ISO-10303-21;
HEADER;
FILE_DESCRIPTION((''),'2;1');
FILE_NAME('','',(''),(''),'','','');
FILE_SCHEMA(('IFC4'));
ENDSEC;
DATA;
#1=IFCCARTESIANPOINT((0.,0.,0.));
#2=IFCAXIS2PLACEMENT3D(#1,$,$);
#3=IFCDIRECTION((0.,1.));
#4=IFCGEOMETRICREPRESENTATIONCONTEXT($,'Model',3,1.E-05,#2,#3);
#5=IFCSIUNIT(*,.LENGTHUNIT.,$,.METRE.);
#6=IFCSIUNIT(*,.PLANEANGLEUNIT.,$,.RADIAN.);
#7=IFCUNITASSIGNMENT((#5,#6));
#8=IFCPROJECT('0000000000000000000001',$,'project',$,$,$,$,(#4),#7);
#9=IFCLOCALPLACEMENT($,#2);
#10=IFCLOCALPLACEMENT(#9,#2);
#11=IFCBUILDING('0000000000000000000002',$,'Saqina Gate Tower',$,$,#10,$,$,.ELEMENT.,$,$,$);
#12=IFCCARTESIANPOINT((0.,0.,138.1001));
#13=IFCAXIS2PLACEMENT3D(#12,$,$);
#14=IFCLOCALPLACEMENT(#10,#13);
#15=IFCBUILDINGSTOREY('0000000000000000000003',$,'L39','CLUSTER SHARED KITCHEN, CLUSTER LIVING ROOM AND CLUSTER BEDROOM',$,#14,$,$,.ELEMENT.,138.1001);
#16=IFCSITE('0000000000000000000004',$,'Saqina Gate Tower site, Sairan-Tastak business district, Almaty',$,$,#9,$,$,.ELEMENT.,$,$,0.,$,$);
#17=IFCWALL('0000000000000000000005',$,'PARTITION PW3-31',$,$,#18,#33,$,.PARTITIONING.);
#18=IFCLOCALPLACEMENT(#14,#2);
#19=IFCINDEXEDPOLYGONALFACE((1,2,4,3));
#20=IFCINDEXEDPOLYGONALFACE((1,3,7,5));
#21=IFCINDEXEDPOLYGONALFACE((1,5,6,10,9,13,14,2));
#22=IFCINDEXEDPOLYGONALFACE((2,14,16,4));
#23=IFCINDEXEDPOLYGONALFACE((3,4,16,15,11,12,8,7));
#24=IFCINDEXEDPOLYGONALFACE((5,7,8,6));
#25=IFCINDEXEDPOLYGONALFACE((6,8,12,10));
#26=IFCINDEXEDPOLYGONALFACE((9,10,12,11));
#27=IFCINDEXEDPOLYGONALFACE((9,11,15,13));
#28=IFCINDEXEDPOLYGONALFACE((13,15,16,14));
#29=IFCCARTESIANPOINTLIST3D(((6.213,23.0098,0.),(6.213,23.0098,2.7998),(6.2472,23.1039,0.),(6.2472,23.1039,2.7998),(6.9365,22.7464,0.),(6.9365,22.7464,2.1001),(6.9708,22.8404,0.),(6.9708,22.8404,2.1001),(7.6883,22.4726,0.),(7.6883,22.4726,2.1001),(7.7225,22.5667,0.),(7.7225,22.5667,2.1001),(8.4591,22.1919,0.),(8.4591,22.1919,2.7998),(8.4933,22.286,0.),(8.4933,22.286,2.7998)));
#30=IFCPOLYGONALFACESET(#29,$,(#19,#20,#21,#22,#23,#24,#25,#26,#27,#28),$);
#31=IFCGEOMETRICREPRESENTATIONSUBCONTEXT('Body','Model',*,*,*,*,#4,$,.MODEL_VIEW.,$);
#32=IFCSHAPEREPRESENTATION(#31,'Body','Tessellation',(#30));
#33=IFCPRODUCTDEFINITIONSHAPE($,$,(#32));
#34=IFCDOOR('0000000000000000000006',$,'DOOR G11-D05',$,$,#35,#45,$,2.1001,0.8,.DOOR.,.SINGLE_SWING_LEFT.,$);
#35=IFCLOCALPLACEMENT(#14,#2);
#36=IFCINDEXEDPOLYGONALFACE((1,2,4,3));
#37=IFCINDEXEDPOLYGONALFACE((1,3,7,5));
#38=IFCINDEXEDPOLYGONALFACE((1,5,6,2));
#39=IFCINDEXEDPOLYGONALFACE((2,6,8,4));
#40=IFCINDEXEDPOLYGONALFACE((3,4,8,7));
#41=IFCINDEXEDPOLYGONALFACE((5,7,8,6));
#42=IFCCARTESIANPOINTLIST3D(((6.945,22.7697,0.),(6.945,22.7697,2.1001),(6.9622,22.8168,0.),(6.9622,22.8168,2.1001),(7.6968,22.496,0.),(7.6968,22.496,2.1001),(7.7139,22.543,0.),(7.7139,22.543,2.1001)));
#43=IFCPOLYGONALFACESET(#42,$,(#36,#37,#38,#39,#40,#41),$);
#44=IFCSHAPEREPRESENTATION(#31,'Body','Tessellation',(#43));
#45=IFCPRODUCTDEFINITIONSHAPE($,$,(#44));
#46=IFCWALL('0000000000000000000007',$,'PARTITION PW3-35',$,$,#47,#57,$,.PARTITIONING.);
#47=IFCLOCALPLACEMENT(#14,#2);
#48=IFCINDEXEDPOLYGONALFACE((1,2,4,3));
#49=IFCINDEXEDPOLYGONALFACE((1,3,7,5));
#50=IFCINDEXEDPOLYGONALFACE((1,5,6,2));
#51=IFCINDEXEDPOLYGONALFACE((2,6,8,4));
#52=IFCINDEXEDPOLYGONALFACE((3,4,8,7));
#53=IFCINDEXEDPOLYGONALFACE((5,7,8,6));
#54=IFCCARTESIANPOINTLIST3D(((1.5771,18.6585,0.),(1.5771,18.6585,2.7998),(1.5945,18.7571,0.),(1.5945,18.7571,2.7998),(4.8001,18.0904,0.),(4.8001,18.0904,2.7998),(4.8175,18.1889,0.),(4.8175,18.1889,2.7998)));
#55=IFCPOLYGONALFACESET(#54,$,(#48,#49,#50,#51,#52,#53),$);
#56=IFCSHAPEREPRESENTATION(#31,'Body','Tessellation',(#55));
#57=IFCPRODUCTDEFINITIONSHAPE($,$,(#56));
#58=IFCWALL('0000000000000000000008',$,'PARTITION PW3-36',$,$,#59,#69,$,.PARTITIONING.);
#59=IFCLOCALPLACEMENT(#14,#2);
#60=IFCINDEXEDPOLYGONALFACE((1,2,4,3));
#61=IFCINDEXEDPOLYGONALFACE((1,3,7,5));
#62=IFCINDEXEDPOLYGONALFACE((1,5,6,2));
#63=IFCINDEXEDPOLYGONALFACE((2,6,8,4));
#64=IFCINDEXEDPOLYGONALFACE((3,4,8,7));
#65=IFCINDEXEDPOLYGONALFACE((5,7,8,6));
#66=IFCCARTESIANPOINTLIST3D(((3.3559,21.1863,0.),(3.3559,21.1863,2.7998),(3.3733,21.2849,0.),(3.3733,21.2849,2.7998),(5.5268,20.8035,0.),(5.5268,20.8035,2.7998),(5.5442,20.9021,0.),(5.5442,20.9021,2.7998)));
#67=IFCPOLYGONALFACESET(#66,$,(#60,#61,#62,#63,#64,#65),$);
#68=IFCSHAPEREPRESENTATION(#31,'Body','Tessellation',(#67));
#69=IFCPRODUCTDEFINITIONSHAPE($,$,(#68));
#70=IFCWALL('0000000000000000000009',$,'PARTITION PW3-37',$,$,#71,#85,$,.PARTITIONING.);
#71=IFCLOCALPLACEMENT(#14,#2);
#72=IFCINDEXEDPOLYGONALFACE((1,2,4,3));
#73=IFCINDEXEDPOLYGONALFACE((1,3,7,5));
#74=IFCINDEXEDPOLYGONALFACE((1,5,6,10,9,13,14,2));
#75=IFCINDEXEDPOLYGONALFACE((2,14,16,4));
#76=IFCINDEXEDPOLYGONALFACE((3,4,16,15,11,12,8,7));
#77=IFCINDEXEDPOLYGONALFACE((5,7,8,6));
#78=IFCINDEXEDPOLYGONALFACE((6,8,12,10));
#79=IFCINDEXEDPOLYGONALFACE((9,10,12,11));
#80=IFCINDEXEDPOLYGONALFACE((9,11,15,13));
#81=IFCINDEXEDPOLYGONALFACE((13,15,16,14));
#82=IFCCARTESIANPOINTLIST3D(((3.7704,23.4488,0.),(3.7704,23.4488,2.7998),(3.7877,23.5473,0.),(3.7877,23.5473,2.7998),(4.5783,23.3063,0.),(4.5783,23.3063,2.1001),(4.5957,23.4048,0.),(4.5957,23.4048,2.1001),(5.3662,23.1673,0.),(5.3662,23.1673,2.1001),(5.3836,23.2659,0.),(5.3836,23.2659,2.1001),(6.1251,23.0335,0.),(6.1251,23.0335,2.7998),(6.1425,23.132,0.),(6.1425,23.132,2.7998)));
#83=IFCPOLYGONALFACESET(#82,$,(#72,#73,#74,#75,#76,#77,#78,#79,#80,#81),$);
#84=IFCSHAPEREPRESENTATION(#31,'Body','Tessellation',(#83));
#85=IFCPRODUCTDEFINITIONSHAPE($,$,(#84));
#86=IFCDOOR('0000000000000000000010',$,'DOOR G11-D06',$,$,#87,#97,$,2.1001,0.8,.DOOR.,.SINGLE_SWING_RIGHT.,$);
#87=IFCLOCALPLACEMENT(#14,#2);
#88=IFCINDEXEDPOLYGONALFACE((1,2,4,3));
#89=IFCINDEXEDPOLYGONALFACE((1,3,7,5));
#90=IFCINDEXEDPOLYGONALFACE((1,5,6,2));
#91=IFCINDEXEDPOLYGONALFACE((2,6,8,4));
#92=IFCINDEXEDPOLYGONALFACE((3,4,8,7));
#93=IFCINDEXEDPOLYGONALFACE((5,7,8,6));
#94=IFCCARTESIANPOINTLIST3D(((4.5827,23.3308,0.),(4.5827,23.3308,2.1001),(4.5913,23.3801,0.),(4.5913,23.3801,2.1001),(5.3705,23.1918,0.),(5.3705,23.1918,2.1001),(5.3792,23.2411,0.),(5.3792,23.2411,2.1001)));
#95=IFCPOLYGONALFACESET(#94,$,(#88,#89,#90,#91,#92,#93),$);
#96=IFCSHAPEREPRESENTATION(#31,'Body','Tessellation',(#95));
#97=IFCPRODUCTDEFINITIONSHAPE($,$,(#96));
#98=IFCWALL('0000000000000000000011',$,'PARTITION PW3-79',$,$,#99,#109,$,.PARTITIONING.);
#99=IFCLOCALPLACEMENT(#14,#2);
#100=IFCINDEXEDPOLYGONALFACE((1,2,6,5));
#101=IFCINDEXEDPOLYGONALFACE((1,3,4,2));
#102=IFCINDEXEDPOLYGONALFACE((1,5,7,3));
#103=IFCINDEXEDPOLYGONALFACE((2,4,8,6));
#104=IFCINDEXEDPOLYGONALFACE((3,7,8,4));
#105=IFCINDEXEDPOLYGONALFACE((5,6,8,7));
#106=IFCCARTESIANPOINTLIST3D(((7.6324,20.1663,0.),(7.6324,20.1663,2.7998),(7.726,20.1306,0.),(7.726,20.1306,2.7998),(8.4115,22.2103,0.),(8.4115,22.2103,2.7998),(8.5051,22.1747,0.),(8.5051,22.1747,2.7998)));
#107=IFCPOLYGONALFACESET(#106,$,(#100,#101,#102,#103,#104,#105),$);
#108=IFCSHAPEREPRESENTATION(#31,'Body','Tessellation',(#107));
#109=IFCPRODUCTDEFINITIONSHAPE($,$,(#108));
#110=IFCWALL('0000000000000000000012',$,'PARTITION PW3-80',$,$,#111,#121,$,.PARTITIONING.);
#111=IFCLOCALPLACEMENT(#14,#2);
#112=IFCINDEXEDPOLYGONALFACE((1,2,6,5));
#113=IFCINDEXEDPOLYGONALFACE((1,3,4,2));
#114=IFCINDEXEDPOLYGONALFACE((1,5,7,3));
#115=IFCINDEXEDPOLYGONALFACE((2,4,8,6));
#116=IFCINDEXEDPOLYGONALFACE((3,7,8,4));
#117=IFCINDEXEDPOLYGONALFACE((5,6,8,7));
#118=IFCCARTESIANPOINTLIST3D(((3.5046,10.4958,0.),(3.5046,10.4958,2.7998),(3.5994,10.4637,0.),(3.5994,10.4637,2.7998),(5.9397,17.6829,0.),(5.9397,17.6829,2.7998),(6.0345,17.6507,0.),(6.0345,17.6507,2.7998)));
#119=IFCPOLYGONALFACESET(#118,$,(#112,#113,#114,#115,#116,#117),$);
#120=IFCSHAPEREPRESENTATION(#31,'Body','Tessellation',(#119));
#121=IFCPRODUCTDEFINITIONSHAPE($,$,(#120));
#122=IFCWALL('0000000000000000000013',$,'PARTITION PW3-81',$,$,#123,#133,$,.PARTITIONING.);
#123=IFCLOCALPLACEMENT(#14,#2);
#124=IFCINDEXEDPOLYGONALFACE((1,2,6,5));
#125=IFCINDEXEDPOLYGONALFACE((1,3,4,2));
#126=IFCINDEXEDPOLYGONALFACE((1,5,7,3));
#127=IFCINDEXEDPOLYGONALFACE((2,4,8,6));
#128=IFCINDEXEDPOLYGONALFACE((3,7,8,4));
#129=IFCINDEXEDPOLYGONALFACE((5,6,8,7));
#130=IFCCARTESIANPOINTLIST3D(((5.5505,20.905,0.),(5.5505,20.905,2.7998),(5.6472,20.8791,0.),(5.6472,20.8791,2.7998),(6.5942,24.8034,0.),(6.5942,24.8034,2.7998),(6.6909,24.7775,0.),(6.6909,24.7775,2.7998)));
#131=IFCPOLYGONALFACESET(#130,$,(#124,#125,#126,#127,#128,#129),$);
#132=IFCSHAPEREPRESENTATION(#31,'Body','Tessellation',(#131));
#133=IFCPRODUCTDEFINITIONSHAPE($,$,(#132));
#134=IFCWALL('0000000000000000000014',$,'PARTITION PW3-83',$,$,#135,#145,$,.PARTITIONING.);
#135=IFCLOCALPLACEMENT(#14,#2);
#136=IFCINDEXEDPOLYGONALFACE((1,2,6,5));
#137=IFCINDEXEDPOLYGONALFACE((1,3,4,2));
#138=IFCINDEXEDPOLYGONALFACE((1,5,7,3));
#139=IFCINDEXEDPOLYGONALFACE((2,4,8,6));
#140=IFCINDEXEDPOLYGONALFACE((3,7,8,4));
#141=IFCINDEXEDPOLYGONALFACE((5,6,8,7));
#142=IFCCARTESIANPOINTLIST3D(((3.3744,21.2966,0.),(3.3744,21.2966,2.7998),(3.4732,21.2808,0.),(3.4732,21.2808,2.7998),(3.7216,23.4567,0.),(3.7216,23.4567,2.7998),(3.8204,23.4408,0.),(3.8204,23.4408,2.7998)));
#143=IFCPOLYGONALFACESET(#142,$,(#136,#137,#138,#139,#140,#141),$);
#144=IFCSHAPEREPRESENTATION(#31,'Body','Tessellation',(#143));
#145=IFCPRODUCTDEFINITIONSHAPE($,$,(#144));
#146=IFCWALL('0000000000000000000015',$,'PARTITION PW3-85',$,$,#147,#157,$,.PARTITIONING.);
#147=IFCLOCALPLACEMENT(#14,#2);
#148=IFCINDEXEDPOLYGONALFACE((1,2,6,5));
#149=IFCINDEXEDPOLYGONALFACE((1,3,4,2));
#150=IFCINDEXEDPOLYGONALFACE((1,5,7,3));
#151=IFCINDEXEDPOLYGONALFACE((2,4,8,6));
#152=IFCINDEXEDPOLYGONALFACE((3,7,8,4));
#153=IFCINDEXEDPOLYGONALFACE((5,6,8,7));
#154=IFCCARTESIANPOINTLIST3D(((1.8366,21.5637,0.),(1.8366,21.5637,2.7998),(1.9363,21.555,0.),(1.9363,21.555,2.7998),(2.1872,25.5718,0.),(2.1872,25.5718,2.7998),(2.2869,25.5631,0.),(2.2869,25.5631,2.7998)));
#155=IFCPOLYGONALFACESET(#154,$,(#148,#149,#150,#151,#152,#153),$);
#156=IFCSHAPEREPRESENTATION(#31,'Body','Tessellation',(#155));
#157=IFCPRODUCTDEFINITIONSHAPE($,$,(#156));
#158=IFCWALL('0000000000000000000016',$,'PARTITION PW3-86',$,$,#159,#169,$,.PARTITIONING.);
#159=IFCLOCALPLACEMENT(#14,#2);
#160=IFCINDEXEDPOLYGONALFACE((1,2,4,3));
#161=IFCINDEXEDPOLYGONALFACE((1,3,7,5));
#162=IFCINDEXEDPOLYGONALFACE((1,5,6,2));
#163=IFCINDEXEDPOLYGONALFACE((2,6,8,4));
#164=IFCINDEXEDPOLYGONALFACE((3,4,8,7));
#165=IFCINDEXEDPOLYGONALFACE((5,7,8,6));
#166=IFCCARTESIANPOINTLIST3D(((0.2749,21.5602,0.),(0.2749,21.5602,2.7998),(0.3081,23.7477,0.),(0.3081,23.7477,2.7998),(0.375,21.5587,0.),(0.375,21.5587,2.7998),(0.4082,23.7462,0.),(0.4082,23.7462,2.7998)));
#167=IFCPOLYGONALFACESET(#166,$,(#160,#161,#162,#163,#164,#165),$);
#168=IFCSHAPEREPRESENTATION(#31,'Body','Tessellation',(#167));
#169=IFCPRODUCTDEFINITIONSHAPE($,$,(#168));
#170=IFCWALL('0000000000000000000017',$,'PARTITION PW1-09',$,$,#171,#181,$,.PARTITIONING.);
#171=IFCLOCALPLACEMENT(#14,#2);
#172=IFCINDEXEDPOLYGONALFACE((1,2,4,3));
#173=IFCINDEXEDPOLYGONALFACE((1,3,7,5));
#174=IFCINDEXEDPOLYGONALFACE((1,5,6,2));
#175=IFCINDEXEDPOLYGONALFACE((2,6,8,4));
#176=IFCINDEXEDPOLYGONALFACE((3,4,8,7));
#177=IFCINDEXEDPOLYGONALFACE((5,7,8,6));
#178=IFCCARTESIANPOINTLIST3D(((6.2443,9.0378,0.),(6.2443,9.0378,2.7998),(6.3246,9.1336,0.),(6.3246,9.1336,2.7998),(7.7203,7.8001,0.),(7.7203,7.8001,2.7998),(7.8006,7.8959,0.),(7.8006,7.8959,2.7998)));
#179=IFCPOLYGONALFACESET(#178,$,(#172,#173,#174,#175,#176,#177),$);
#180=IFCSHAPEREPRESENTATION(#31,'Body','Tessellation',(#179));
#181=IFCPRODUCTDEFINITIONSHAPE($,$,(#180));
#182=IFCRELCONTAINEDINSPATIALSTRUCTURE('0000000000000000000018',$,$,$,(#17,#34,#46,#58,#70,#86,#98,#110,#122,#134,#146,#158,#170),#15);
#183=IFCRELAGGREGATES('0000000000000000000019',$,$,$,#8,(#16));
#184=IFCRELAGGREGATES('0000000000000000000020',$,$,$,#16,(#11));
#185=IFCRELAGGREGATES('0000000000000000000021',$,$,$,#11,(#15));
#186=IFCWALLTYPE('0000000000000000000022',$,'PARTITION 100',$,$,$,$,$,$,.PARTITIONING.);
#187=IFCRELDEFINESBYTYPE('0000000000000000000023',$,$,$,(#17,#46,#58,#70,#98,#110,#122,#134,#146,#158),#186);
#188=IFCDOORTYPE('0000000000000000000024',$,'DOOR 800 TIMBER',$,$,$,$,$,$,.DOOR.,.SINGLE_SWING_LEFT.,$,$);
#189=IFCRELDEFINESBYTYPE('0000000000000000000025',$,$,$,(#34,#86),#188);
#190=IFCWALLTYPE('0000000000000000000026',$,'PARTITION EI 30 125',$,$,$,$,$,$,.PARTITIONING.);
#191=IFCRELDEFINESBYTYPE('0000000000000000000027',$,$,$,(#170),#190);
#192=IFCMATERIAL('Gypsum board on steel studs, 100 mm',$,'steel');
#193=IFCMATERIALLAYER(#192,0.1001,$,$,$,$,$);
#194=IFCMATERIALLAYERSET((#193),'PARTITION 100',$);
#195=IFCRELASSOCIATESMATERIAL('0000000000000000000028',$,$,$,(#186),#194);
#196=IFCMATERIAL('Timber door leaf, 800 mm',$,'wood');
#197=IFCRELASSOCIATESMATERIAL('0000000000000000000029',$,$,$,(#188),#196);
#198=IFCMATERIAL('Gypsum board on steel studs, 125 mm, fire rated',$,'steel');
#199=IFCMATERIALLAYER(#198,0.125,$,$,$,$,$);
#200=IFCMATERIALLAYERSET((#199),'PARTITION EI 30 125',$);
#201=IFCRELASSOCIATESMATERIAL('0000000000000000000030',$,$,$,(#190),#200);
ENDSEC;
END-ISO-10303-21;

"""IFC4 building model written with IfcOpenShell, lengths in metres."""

from ifc_helpers import new_model, si_unit, direction, frame, frame_2d, origin, place, context, subcontext, project, spatial, rectangle, extrude, material, layer, layer_set, type_object, element, fill, save


model = new_model("IFC4")

# Units and contexts
model_context = context("Model", 3, precision=1e-05, world=origin(), true_north=direction((0.0, 1.0)))
body_context = subcontext(model_context, "Body", "Model", "MODEL_VIEW")
ifc_project = project(units=[si_unit("LENGTHUNIT", "METRE"), si_unit("PLANEANGLEUNIT", "RADIAN")], contexts=[model_context])

# Site, building, storey
site_placement = place(None, origin())
site = spatial("IfcSite", under=ifc_project, at=site_placement, Name="Saqina Gate Tower site, Sairan-Tastak business district, Almaty", CompositionType="ELEMENT", RefElevation=0.0)
building_placement = place(site_placement, origin())
building = spatial("IfcBuilding", under=site, at=building_placement, Name="Saqina Gate Tower", CompositionType="ELEMENT")
storey_placement = place(building_placement, frame((0.0, 0.0, 138.1001)))
storey = spatial("IfcBuildingStorey", under=building, at=storey_placement, Name="L39", Description="CLUSTER SHARED KITCHEN, CLUSTER LIVING ROOM AND CLUSTER BEDROOM", CompositionType="ELEMENT", Elevation=138.1001)

# Shared definitions
ifc_material_1 = material(Name="Gypsum board on steel studs, 100 mm", Category="steel")
ifc_layer_1 = layer(ifc_material_1, 0.1001)
ifc_layer_set_1 = layer_set([ifc_layer_1], Name="PARTITION 100")
wall_type_1 = type_object("IfcWallType", Name="PARTITION 100", PredefinedType="PARTITIONING", material=ifc_layer_set_1)

# Wall, opening, door
wall_1_placement = place(storey_placement, frame((6.23, 23.0569, 0.0), z_axis=(0.0, 0.0, 1.0), x_axis=(0.939644, -0.342153, 0.0)))
wall_1 = element("IfcWall", 1, at=wall_1_placement, inside=storey, type_object=wall_type_1, Name="PARTITION PW3-31", PredefinedType="PARTITIONING", context=body_context, shape_type="SweptSolid", body=[
    extrude(rectangle(XDim=2.3904, YDim=0.1001, at=frame_2d((1.1953, 0.0))), origin(), (0.0, 0.0, 1.0), 2.7998),
])
opening_1_placement = place(wall_1_placement, frame((0.7703, 0.0, 0.0)))
opening_1 = element("IfcOpeningElement", 2, at=opening_1_placement, cuts=wall_1, PredefinedType="OPENING", context=body_context, shape_type="SweptSolid", body=[
    extrude(rectangle(XDim=0.8, YDim=2.1001, at=frame_2d((0.3999, 1.05))), frame((0.0, 0.062, 0.0), z_axis=(0.0, -1.0, 0.0), x_axis=(1.0, 0.0, 0.0)), (0.0, 0.0, 1.0), 0.124),
])
ifc_material_2 = material(Name="Timber door leaf, 800 mm", Category="wood")
door_type_1 = type_object("IfcDoorType", Name="DOOR 800 TIMBER", OperationType="SINGLE_SWING_LEFT", PredefinedType="DOOR", material=ifc_material_2)
door_1_placement = place(opening_1_placement, origin())
door_1 = element("IfcDoor", 3, at=door_1_placement, inside=storey, type_object=door_type_1, Name="DOOR G11-D05", OperationType="SINGLE_SWING_LEFT", OverallHeight=2.1001, OverallWidth=0.8, PredefinedType="DOOR", context=body_context, shape_type="SweptSolid", body=[
    extrude(rectangle(XDim=0.8, YDim=2.1001, at=frame_2d((0.3999, 1.05))), frame((0.0, 0.0249, 0.0), z_axis=(0.0, -1.0, 0.0), x_axis=(1.0, 0.0, 0.0)), (0.0, 0.0, 1.0), 0.05),
])
fill(opening_1, door_1)

# Walls
wall_2_placement = place(storey_placement, frame((1.5859, 18.7078, 0.0), z_axis=(0.0, 0.0, 1.0), x_axis=(0.984817, -0.173598, 0.0)))
element("IfcWall", 4, at=wall_2_placement, inside=storey, type_object=wall_type_1, Name="PARTITION PW3-35", PredefinedType="PARTITIONING", context=body_context, shape_type="SweptSolid", body=[
    extrude(rectangle(XDim=3.2727, YDim=0.1001, at=frame_2d((1.6362, 0.0))), origin(), (0.0, 0.0, 1.0), 2.7998),
])
wall_3_placement = place(storey_placement, frame((3.3647, 21.2356, 0.0), z_axis=(0.0, 0.0, 1.0), x_axis=(0.984806, -0.173659, 0.0)))
element("IfcWall", 5, at=wall_3_placement, inside=storey, type_object=wall_type_1, Name="PARTITION PW3-36", PredefinedType="PARTITIONING", context=body_context, shape_type="SweptSolid", body=[
    extrude(rectangle(XDim=2.2043, YDim=0.1001, at=frame_2d((1.1021, 0.0))), origin(), (0.0, 0.0, 1.0), 2.7998),
])

# Wall, opening, door
wall_4_placement = place(storey_placement, frame((3.7791, 23.498, 0.0), z_axis=(0.0, 0.0, 1.0), x_axis=(0.984802, -0.17368, 0.0)))
wall_4 = element("IfcWall", 6, at=wall_4_placement, inside=storey, type_object=wall_type_1, Name="PARTITION PW3-37", PredefinedType="PARTITIONING", context=body_context, shape_type="SweptSolid", body=[
    extrude(rectangle(XDim=2.3911, YDim=0.1001, at=frame_2d((1.1956, 0.0))), origin(), (0.0, 0.0, 1.0), 2.7998),
])
opening_2_placement = place(wall_4_placement, frame((0.8206, 0.0, 0.0)))
opening_2 = element("IfcOpeningElement", 7, at=opening_2_placement, cuts=wall_4, PredefinedType="OPENING", context=body_context, shape_type="SweptSolid", body=[
    extrude(rectangle(XDim=0.8, YDim=2.1001, at=frame_2d((0.3999, 1.05))), frame((0.0, 0.062, 0.0), z_axis=(0.0, -1.0, 0.0), x_axis=(1.0, 0.0, 0.0)), (0.0, 0.0, 1.0), 0.124),
])
door_2_placement = place(opening_2_placement, origin())
door_2 = element("IfcDoor", 8, at=door_2_placement, inside=storey, type_object=door_type_1, Name="DOOR G11-D06", OperationType="SINGLE_SWING_RIGHT", OverallHeight=2.1001, OverallWidth=0.8, PredefinedType="DOOR", context=body_context, shape_type="SweptSolid", body=[
    extrude(rectangle(XDim=0.8, YDim=2.1001, at=frame_2d((0.3999, 1.05))), frame((0.0, 0.0249, 0.0), z_axis=(0.0, -1.0, 0.0), x_axis=(1.0, 0.0, 0.0)), (0.0, 0.0, 1.0), 0.05),
])
fill(opening_2, door_2)

# Walls
wall_5_placement = place(storey_placement, frame((7.6792, 20.1484, 0.0), z_axis=(0.0, 0.0, 1.0), x_axis=(0.356158, 0.934426, 0.0)))
element("IfcWall", 9, at=wall_5_placement, inside=storey, type_object=wall_type_1, Name="PARTITION PW3-79", PredefinedType="PARTITIONING", context=body_context, shape_type="SweptSolid", body=[
    extrude(rectangle(XDim=2.1875, YDim=0.1001, at=frame_2d((1.0938, 0.0))), origin(), (0.0, 0.0, 1.0), 2.7998),
])
wall_6_placement = place(storey_placement, frame((3.552, 10.4797, 0.0), z_axis=(0.0, 0.0, 1.0), x_axis=(0.320895, 0.947115, 0.0)))
element("IfcWall", 10, at=wall_6_placement, inside=storey, type_object=wall_type_1, Name="PARTITION PW3-80", PredefinedType="PARTITIONING", context=body_context, shape_type="SweptSolid", body=[
    extrude(rectangle(XDim=7.5884, YDim=0.1001, at=frame_2d((3.7942, 0.0))), origin(), (0.0, 0.0, 1.0), 2.7998),
])
wall_7_placement = place(storey_placement, frame((5.5989, 20.8921, 0.0), z_axis=(0.0, 0.0, 1.0), x_axis=(0.258615, 0.96598, 0.0)))
element("IfcWall", 11, at=wall_7_placement, inside=storey, type_object=wall_type_1, Name="PARTITION PW3-81", PredefinedType="PARTITIONING", context=body_context, shape_type="SweptSolid", body=[
    extrude(rectangle(XDim=4.0356, YDim=0.1001, at=frame_2d((2.0178, 0.0))), origin(), (0.0, 0.0, 1.0), 2.7998),
])
wall_8_placement = place(storey_placement, frame((3.4238, 21.2888, 0.0), z_axis=(0.0, 0.0, 1.0), x_axis=(0.158696, 0.987328, 0.0)))
element("IfcWall", 12, at=wall_8_placement, inside=storey, type_object=wall_type_1, Name="PARTITION PW3-83", PredefinedType="PARTITIONING", context=body_context, shape_type="SweptSolid", body=[
    extrude(rectangle(XDim=2.1877, YDim=0.1001, at=frame_2d((1.0938, 0.0))), origin(), (0.0, 0.0, 1.0), 2.7998),
])
wall_9_placement = place(storey_placement, frame((1.8865, 21.5593, 0.0), z_axis=(0.0, 0.0, 1.0), x_axis=(0.087138, 0.996196, 0.0)))
element("IfcWall", 13, at=wall_9_placement, inside=storey, type_object=wall_type_1, Name="PARTITION PW3-85", PredefinedType="PARTITIONING", context=body_context, shape_type="SweptSolid", body=[
    extrude(rectangle(XDim=4.0234, YDim=0.1001, at=frame_2d((2.0117, 0.0))), origin(), (0.0, 0.0, 1.0), 2.7998),
])
wall_10_placement = place(storey_placement, frame((0.325, 21.5596, 0.0), z_axis=(0.0, 0.0, 1.0), x_axis=(0.015177, 0.999885, 0.0)))
element("IfcWall", 14, at=wall_10_placement, inside=storey, type_object=wall_type_1, Name="PARTITION PW3-86", PredefinedType="PARTITIONING", context=body_context, shape_type="SweptSolid", body=[
    extrude(rectangle(XDim=2.1877, YDim=0.1001, at=frame_2d((1.0938, 0.0))), origin(), (0.0, 0.0, 1.0), 2.7998),
])
ifc_material_3 = material(Name="Gypsum board on steel studs, 125 mm, fire rated", Category="steel")
ifc_layer_2 = layer(ifc_material_3, 0.125)
ifc_layer_set_2 = layer_set([ifc_layer_2], Name="PARTITION EI 30 125")
wall_type_2 = type_object("IfcWallType", Name="PARTITION EI 30 125", PredefinedType="PARTITIONING", material=ifc_layer_set_2)
wall_11_placement = place(storey_placement, frame((6.2844, 9.0857, 0.0), z_axis=(0.0, 0.0, 1.0), x_axis=(0.766244, -0.64255, 0.0)))
element("IfcWall", 15, at=wall_11_placement, inside=storey, type_object=wall_type_2, Name="PARTITION PW1-09", PredefinedType="PARTITIONING", context=body_context, shape_type="SweptSolid", body=[
    extrude(rectangle(XDim=1.9263, YDim=0.125, at=frame_2d((0.9631, 0.0))), origin(), (0.0, 0.0, 1.0), 2.7998),
])

save(model, "model.ifc")
